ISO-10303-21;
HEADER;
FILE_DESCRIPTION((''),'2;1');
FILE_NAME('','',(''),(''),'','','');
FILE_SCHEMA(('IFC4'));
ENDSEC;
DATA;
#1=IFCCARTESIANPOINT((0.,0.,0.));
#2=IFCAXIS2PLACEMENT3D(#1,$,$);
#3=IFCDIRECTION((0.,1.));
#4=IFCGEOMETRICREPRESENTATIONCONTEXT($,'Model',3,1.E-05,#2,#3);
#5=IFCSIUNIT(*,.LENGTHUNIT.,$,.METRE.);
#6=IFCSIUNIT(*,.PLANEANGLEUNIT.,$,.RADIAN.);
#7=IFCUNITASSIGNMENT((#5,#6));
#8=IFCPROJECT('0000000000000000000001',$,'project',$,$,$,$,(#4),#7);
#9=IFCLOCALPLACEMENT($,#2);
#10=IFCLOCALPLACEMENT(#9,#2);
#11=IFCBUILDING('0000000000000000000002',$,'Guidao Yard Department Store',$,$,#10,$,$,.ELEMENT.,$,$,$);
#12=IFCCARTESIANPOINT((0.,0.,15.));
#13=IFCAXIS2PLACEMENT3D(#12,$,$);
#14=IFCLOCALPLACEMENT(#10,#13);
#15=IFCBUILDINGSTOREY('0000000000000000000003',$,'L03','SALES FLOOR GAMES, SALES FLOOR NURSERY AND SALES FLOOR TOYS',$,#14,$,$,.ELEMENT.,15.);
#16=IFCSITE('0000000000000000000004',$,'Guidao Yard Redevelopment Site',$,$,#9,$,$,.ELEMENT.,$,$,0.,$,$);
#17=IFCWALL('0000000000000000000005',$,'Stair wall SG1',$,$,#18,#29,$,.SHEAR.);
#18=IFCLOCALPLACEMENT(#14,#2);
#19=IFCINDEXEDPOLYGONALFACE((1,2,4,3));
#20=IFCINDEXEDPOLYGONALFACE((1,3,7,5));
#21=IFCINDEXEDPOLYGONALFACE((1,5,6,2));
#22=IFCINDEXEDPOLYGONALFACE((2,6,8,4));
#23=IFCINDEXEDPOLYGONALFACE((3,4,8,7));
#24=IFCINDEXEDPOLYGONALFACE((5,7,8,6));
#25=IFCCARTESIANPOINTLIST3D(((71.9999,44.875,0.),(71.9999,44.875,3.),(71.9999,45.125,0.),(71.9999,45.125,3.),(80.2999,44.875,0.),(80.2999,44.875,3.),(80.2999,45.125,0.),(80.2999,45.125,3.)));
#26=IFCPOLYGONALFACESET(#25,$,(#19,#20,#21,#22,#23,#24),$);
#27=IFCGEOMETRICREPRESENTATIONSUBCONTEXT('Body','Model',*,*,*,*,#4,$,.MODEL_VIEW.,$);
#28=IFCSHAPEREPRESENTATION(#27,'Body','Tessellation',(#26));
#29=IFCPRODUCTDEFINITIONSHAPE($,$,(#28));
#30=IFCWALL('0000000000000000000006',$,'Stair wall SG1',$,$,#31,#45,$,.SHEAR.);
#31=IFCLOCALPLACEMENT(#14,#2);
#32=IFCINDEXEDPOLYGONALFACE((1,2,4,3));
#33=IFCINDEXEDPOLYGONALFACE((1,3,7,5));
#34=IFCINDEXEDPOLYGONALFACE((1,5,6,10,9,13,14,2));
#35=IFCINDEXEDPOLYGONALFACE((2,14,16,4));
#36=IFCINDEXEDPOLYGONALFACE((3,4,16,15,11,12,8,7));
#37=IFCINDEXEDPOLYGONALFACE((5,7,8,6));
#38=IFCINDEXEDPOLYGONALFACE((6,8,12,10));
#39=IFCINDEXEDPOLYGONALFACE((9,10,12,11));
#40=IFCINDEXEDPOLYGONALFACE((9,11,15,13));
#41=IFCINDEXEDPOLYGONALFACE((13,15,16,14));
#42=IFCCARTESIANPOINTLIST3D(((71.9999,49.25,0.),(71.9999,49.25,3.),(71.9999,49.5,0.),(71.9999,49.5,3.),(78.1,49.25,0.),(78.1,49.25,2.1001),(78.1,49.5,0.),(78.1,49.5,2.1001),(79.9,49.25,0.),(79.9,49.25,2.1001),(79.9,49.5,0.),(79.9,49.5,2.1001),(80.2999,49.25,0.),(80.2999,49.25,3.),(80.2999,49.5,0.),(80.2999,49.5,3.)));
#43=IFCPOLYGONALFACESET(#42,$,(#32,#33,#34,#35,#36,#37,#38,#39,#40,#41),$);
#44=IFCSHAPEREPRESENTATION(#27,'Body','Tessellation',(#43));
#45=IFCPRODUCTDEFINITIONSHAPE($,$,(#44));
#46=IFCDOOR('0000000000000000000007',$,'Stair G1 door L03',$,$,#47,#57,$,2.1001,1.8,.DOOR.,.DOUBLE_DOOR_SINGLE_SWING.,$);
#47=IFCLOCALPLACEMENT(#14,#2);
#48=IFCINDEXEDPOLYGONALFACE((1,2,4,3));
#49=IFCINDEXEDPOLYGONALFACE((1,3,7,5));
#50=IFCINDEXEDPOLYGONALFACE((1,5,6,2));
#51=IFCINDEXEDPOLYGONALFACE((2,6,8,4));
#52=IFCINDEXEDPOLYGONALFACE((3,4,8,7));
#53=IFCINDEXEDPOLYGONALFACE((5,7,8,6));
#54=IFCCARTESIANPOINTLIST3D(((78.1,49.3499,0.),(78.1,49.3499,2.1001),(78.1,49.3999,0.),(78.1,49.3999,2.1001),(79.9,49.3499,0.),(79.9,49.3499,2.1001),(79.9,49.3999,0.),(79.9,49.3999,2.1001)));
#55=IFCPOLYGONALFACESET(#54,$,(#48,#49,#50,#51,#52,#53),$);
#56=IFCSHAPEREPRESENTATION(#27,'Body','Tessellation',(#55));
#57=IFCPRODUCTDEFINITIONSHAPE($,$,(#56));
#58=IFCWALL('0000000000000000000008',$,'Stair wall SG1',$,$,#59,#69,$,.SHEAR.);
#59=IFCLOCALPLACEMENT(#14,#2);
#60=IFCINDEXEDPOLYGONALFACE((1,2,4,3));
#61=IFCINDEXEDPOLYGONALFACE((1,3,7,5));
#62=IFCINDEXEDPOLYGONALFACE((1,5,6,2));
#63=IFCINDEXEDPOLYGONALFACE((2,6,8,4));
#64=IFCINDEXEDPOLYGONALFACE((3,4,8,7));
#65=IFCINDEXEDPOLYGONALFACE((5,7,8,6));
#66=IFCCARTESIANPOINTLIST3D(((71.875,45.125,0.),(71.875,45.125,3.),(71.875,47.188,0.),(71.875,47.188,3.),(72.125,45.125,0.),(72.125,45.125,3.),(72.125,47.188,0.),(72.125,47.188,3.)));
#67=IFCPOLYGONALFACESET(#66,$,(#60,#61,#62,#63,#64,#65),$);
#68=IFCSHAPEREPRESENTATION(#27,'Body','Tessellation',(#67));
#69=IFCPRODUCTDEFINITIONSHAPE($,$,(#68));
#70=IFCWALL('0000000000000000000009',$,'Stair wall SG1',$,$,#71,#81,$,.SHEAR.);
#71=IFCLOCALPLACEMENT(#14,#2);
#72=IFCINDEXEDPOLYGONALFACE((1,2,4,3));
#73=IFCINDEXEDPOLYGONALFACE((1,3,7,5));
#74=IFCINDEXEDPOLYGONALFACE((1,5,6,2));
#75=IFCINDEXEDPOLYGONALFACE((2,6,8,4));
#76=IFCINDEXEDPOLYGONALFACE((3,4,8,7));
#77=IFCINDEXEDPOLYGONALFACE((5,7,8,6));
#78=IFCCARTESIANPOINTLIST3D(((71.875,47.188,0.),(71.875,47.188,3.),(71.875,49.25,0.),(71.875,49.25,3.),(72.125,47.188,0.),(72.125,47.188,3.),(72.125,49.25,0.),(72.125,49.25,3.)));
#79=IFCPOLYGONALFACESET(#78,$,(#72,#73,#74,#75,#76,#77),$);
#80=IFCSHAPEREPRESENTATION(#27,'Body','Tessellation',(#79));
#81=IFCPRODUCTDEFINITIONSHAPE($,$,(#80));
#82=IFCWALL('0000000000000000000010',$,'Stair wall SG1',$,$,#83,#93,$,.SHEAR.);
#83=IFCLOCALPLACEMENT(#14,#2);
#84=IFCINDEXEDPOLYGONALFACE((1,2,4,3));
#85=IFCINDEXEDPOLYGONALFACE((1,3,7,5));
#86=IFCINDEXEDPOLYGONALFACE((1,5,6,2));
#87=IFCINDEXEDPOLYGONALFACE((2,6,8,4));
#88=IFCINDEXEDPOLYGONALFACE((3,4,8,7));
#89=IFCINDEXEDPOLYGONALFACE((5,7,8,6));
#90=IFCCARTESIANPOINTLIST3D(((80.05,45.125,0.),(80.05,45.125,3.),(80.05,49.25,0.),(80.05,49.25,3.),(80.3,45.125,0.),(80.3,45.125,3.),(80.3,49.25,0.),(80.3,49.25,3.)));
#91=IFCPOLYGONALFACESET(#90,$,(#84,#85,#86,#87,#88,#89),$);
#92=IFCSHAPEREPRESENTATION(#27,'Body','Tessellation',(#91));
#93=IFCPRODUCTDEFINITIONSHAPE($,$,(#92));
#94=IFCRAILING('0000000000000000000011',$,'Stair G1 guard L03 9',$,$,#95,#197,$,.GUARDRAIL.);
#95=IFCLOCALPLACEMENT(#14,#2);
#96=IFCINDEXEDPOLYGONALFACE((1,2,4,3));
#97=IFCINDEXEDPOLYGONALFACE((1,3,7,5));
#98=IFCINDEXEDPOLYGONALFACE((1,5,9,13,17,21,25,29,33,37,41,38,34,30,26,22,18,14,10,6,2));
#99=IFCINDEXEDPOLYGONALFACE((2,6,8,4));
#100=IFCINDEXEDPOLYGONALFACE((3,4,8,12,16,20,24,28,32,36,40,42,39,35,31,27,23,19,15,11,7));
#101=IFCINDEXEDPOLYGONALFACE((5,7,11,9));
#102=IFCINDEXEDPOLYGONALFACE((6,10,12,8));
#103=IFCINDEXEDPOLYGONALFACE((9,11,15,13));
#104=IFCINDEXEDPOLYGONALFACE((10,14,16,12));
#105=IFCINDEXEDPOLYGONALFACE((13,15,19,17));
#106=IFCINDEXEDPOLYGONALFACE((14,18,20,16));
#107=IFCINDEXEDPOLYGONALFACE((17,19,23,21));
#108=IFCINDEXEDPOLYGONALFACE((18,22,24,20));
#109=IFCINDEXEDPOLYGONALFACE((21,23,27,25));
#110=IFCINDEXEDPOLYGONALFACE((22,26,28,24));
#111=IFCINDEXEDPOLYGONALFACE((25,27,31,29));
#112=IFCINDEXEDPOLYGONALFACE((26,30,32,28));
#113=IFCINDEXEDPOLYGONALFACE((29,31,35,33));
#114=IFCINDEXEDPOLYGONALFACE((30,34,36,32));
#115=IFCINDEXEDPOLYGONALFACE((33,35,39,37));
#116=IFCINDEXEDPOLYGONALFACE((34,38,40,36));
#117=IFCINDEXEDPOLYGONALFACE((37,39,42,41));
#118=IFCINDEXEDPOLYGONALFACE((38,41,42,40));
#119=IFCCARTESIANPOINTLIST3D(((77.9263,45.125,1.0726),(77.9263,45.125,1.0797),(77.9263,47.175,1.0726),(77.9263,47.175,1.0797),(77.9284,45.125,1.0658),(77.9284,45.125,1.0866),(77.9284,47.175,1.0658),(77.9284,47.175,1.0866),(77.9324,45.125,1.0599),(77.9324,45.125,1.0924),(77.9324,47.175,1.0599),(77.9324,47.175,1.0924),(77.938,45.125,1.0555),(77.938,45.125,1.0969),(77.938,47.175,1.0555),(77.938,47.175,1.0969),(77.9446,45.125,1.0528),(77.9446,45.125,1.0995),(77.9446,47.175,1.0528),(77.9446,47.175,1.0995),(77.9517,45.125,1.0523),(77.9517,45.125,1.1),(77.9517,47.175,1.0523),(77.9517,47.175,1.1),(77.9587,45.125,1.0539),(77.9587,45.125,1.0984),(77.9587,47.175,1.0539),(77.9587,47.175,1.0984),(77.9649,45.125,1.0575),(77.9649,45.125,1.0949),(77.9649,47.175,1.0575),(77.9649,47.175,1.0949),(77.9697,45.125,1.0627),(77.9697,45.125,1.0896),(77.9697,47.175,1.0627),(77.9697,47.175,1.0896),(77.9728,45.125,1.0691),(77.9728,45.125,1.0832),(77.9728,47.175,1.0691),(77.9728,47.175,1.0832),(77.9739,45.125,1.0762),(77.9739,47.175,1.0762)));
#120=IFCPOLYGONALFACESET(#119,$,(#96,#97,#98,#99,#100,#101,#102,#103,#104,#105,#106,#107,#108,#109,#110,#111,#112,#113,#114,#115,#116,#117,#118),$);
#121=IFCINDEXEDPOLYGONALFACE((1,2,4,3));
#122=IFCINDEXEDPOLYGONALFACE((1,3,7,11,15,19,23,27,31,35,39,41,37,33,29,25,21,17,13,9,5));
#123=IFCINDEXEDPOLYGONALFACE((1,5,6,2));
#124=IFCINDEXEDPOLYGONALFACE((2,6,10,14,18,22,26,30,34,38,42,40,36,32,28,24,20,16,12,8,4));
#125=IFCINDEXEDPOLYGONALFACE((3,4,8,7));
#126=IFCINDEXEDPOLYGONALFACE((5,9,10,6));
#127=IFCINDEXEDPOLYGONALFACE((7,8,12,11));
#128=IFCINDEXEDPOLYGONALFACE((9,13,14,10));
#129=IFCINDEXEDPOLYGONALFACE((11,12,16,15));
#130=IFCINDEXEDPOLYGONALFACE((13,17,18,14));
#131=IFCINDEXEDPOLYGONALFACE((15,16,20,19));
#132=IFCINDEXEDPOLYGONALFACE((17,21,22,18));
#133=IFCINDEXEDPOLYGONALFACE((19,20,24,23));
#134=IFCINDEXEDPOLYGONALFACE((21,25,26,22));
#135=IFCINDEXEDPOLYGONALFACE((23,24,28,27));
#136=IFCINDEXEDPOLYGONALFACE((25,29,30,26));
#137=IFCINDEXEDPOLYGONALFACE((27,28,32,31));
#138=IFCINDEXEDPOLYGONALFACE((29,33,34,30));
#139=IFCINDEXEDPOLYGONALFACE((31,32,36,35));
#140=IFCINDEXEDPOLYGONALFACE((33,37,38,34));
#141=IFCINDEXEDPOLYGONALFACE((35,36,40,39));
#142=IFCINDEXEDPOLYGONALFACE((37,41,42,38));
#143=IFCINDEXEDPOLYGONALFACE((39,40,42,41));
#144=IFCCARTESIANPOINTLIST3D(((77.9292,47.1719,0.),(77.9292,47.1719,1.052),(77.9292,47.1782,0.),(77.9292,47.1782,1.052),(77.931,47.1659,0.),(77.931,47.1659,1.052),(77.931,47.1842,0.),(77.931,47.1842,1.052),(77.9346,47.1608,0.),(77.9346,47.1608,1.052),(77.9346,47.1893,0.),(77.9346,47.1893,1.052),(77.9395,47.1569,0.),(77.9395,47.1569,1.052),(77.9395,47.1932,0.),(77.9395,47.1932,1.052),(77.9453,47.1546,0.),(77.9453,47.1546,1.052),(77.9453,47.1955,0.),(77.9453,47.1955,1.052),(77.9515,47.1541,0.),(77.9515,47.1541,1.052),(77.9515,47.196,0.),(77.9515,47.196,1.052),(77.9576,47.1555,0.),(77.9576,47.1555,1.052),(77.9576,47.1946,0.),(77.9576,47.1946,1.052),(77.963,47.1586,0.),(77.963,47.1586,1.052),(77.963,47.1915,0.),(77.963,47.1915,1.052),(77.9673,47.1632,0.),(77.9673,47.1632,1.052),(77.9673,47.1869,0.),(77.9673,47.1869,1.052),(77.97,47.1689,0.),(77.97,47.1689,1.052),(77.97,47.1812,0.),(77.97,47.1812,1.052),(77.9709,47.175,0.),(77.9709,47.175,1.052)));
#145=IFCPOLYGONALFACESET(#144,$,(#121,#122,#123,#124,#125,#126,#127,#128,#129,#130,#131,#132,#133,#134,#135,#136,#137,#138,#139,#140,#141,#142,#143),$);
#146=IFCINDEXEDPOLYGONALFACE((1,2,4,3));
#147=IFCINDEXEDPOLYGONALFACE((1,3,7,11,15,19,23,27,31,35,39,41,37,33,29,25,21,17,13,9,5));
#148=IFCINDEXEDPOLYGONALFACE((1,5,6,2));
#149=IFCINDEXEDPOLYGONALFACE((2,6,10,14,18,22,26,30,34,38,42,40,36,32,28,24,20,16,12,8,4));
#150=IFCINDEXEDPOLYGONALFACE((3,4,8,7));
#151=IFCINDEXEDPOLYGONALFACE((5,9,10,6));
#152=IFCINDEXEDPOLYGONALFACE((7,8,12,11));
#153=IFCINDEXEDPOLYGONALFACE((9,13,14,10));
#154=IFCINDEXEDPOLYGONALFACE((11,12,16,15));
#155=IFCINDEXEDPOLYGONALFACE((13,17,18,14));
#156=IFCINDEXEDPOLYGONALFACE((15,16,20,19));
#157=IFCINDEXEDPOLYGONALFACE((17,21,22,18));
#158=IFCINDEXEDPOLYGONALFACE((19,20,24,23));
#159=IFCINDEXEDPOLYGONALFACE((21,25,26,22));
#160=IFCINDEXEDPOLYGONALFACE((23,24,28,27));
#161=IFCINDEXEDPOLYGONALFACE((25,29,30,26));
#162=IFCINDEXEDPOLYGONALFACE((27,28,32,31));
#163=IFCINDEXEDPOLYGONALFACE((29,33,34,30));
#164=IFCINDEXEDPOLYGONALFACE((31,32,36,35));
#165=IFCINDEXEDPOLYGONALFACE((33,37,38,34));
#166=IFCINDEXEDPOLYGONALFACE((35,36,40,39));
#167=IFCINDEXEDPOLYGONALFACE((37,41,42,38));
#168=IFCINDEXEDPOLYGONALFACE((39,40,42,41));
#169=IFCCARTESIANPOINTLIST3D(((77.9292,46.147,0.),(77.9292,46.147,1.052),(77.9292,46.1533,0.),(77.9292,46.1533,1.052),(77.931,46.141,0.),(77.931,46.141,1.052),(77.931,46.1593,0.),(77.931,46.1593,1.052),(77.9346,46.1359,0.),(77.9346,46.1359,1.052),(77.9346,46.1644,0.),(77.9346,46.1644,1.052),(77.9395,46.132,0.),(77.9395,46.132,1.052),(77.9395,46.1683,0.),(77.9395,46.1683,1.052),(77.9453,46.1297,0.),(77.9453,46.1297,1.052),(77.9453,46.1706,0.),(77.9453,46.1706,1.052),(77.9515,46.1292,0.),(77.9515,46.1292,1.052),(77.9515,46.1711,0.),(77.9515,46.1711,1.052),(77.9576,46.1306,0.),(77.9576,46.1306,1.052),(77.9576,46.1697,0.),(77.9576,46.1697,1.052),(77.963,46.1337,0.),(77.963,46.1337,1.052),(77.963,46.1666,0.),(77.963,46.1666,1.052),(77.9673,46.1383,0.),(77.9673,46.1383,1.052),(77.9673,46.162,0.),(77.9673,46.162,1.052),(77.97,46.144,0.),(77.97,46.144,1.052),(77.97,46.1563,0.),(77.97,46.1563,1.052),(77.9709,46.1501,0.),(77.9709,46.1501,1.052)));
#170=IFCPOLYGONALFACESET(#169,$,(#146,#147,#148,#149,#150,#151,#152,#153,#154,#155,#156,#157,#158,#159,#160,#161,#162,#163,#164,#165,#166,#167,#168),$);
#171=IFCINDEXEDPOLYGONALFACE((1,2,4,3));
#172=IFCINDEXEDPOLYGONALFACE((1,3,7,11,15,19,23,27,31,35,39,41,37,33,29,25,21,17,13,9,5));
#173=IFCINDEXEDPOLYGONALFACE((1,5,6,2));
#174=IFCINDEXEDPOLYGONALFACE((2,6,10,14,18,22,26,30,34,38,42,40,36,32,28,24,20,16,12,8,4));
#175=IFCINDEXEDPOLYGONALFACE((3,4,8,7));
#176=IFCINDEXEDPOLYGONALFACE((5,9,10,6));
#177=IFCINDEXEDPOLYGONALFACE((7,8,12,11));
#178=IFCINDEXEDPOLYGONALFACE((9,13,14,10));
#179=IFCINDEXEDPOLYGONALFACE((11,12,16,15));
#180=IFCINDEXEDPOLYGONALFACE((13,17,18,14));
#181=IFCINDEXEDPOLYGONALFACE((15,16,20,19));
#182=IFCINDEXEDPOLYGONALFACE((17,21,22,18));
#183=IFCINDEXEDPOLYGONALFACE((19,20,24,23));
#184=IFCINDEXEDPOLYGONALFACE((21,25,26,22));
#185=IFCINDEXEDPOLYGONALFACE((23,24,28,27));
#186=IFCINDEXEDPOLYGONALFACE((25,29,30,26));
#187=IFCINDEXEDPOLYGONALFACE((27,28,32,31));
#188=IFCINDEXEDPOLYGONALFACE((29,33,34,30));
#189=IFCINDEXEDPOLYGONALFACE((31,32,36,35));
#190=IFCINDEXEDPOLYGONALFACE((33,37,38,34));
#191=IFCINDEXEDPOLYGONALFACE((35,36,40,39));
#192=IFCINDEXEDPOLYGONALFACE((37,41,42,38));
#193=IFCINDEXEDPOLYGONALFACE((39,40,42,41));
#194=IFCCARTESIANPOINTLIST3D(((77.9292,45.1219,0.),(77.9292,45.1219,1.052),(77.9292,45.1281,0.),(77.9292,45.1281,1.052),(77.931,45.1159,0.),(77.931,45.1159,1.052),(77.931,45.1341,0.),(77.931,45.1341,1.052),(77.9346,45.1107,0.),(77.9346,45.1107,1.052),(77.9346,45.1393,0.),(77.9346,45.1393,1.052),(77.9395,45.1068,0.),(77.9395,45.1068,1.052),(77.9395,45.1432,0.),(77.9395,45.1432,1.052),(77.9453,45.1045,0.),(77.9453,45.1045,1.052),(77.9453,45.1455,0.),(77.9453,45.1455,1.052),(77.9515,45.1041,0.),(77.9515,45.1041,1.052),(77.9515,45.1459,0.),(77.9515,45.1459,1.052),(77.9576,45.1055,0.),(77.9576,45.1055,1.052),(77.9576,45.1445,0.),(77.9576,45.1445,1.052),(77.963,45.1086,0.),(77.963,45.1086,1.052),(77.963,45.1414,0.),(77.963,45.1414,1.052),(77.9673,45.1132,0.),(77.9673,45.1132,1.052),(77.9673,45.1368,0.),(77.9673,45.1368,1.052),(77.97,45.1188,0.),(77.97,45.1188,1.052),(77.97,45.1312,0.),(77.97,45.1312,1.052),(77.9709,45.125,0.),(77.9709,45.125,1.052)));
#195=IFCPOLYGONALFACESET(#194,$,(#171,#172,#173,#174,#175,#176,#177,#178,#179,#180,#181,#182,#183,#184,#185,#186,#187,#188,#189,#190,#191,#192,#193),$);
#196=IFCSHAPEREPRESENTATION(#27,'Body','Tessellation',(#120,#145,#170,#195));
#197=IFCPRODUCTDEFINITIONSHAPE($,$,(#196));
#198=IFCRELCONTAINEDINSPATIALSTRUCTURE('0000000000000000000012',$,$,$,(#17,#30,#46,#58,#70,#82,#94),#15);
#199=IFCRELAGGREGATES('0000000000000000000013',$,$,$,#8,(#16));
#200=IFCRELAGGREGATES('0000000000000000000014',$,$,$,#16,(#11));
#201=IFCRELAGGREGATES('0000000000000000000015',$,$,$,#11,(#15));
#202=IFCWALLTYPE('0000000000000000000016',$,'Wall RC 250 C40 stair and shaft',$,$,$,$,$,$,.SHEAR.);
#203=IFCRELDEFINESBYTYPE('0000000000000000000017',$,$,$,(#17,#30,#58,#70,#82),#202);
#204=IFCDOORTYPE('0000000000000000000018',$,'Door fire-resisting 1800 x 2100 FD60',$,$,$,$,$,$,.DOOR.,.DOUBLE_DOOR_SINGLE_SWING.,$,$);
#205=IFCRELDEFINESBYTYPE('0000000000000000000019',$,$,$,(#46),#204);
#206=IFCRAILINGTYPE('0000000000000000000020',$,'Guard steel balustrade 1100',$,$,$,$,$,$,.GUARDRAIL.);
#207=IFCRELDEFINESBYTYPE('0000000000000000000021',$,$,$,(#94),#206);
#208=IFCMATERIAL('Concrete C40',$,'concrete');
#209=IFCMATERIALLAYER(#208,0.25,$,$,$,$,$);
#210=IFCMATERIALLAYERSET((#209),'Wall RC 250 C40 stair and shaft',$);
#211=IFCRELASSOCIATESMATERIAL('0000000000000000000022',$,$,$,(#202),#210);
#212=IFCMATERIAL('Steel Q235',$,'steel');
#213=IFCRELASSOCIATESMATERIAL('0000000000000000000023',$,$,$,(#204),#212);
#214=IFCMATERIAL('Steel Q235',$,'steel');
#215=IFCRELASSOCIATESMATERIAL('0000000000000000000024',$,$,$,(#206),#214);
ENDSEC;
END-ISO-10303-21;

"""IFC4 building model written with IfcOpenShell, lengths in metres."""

from ifc_helpers import new_model, si_unit, direction, frame, frame_2d, origin, origin_2d, place, context, subcontext, project, spatial, rectangle, circle, extrude, material, layer, layer_set, type_object, element, fill, save


model = new_model("IFC4")

# Units and contexts
model_context = context("Model", 3, precision=1e-05, world=origin(), true_north=direction((0.0, 1.0)))
body_context = subcontext(model_context, "Body", "Model", "MODEL_VIEW")
ifc_project = project(units=[si_unit("LENGTHUNIT", "METRE"), si_unit("PLANEANGLEUNIT", "RADIAN")], contexts=[model_context])

# Site, building, storey
site_placement = place(None, origin())
site = spatial("IfcSite", under=ifc_project, at=site_placement, Name="Guidao Yard Redevelopment Site", CompositionType="ELEMENT", RefElevation=0.0)
building_placement = place(site_placement, origin())
building = spatial("IfcBuilding", under=site, at=building_placement, Name="Guidao Yard Department Store", CompositionType="ELEMENT")
storey_placement = place(building_placement, frame((0.0, 0.0, 15.0)))
storey = spatial("IfcBuildingStorey", under=building, at=storey_placement, Name="L03", Description="SALES FLOOR GAMES, SALES FLOOR NURSERY AND SALES FLOOR TOYS", CompositionType="ELEMENT", Elevation=15.0)

# Wall
ifc_material_1 = material(Name="Concrete C40", Category="concrete")
ifc_layer_1 = layer(ifc_material_1, 0.25)
ifc_layer_set_1 = layer_set([ifc_layer_1], Name="Wall RC 250 C40 stair and shaft")
wall_type_1 = type_object("IfcWallType", Name="Wall RC 250 C40 stair and shaft", PredefinedType="SHEAR", material=ifc_layer_set_1)
wall_1_placement = place(storey_placement, frame((72.0, 45.0, 0.0), z_axis=(0.0, 0.0, 1.0), x_axis=(1.0, 0.0, 0.0)))
element("IfcWall", 1, at=wall_1_placement, inside=storey, type_object=wall_type_1, Name="Stair wall SG1", PredefinedType="SHEAR", context=body_context, shape_type="SweptSolid", body=[
    extrude(rectangle(XDim=8.3, YDim=0.25, at=frame_2d((4.1499, 0.0))), origin(), (0.0, 0.0, 1.0), 3.0),
])

# Wall, opening, door
wall_2_placement = place(storey_placement, frame((72.0, 49.375, 0.0), z_axis=(0.0, 0.0, 1.0), x_axis=(1.0, 0.0, 0.0)))
wall_2 = element("IfcWall", 2, at=wall_2_placement, inside=storey, type_object=wall_type_1, Name="Stair wall SG1", PredefinedType="SHEAR", context=body_context, shape_type="SweptSolid", body=[
    extrude(rectangle(XDim=8.3, YDim=0.25, at=frame_2d((4.1499, 0.0))), origin(), (0.0, 0.0, 1.0), 3.0),
])
opening_placement = place(wall_2_placement, frame((6.1001, 0.0, 0.0)))
opening = element("IfcOpeningElement", 3, at=opening_placement, cuts=wall_2, PredefinedType="OPENING", context=body_context, shape_type="SweptSolid", body=[
    extrude(rectangle(XDim=1.8, YDim=2.1001, at=frame_2d((0.8999, 1.05))), frame((0.0, 0.135, 0.0), z_axis=(0.0, -1.0, 0.0), x_axis=(1.0, 0.0, 0.0)), (0.0, 0.0, 1.0), 0.27),
])
ifc_material_2 = material(Name="Steel Q235", Category="steel")
door_type = type_object("IfcDoorType", Name="Door fire-resisting 1800 x 2100 FD60", OperationType="DOUBLE_DOOR_SINGLE_SWING", PredefinedType="DOOR", material=ifc_material_2)
door_placement = place(opening_placement, origin())
door = element("IfcDoor", 4, at=door_placement, inside=storey, type_object=door_type, Name="Stair G1 door L03", OperationType="DOUBLE_DOOR_SINGLE_SWING", OverallHeight=2.1001, OverallWidth=1.8, PredefinedType="DOOR", context=body_context, shape_type="SweptSolid", body=[
    extrude(rectangle(XDim=1.8, YDim=2.1001, at=frame_2d((0.8999, 1.05))), frame((0.0, 0.0249, 0.0), z_axis=(0.0, -1.0, 0.0), x_axis=(1.0, 0.0, 0.0)), (0.0, 0.0, 1.0), 0.05),
])
fill(opening, door)

# Walls
wall_3_placement = place(storey_placement, frame((72.0, 45.125, 0.0), z_axis=(0.0, 0.0, 1.0), x_axis=(0.0, 1.0, 0.0)))
element("IfcWall", 5, at=wall_3_placement, inside=storey, type_object=wall_type_1, Name="Stair wall SG1", PredefinedType="SHEAR", context=body_context, shape_type="SweptSolid", body=[
    extrude(rectangle(XDim=2.063, YDim=0.25, at=frame_2d((1.0315, 0.0))), origin(), (0.0, 0.0, 1.0), 3.0),
])
wall_4_placement = place(storey_placement, frame((72.0, 47.188, 0.0), z_axis=(0.0, 0.0, 1.0), x_axis=(0.0, 1.0, 0.0)))
element("IfcWall", 6, at=wall_4_placement, inside=storey, type_object=wall_type_1, Name="Stair wall SG1", PredefinedType="SHEAR", context=body_context, shape_type="SweptSolid", body=[
    extrude(rectangle(XDim=2.062, YDim=0.25, at=frame_2d((1.031, 0.0))), origin(), (0.0, 0.0, 1.0), 3.0),
])
wall_5_placement = place(storey_placement, frame((80.175, 45.125, 0.0), z_axis=(0.0, 0.0, 1.0), x_axis=(0.0, 1.0, 0.0)))
element("IfcWall", 7, at=wall_5_placement, inside=storey, type_object=wall_type_1, Name="Stair wall SG1", PredefinedType="SHEAR", context=body_context, shape_type="SweptSolid", body=[
    extrude(rectangle(XDim=4.125, YDim=0.25, at=frame_2d((2.0625, 0.0))), origin(), (0.0, 0.0, 1.0), 3.0),
])

# Railing
ifc_material_3 = material(Name="Steel Q235", Category="steel")
railing_type_1 = type_object("IfcRailingType", Name="Guard steel balustrade 1100", PredefinedType="GUARDRAIL", material=ifc_material_3)
railing_1_placement = place(storey_placement, frame((77.95, 47.175, 0.0)))
element("IfcRailing", 8, at=railing_1_placement, inside=storey, type_object=railing_type_1, Name="Stair G1 guard L03 9", PredefinedType="GUARDRAIL", context=body_context, shape_type="SweptSolid", body=[
    extrude(circle(Radius=0.0239, at=origin_2d()), frame((0.0, 0.0, 1.0762), z_axis=(0.0, -1.0, 0.0), x_axis=(1.0, 0.0, 0.0)), (0.0, 0.0, 1.0), 2.05),
    extrude(circle(Radius=0.021, at=origin_2d()), origin(), (0.0, 0.0, 1.0), 1.052),
    extrude(circle(Radius=0.021, at=origin_2d()), frame((0.0, -1.0249, 0.0)), (0.0, 0.0, 1.0), 1.052),
    extrude(circle(Radius=0.021, at=origin_2d()), frame((0.0, -2.05, 0.0)), (0.0, 0.0, 1.0), 1.052),
])

save(model, "model.ifc")
